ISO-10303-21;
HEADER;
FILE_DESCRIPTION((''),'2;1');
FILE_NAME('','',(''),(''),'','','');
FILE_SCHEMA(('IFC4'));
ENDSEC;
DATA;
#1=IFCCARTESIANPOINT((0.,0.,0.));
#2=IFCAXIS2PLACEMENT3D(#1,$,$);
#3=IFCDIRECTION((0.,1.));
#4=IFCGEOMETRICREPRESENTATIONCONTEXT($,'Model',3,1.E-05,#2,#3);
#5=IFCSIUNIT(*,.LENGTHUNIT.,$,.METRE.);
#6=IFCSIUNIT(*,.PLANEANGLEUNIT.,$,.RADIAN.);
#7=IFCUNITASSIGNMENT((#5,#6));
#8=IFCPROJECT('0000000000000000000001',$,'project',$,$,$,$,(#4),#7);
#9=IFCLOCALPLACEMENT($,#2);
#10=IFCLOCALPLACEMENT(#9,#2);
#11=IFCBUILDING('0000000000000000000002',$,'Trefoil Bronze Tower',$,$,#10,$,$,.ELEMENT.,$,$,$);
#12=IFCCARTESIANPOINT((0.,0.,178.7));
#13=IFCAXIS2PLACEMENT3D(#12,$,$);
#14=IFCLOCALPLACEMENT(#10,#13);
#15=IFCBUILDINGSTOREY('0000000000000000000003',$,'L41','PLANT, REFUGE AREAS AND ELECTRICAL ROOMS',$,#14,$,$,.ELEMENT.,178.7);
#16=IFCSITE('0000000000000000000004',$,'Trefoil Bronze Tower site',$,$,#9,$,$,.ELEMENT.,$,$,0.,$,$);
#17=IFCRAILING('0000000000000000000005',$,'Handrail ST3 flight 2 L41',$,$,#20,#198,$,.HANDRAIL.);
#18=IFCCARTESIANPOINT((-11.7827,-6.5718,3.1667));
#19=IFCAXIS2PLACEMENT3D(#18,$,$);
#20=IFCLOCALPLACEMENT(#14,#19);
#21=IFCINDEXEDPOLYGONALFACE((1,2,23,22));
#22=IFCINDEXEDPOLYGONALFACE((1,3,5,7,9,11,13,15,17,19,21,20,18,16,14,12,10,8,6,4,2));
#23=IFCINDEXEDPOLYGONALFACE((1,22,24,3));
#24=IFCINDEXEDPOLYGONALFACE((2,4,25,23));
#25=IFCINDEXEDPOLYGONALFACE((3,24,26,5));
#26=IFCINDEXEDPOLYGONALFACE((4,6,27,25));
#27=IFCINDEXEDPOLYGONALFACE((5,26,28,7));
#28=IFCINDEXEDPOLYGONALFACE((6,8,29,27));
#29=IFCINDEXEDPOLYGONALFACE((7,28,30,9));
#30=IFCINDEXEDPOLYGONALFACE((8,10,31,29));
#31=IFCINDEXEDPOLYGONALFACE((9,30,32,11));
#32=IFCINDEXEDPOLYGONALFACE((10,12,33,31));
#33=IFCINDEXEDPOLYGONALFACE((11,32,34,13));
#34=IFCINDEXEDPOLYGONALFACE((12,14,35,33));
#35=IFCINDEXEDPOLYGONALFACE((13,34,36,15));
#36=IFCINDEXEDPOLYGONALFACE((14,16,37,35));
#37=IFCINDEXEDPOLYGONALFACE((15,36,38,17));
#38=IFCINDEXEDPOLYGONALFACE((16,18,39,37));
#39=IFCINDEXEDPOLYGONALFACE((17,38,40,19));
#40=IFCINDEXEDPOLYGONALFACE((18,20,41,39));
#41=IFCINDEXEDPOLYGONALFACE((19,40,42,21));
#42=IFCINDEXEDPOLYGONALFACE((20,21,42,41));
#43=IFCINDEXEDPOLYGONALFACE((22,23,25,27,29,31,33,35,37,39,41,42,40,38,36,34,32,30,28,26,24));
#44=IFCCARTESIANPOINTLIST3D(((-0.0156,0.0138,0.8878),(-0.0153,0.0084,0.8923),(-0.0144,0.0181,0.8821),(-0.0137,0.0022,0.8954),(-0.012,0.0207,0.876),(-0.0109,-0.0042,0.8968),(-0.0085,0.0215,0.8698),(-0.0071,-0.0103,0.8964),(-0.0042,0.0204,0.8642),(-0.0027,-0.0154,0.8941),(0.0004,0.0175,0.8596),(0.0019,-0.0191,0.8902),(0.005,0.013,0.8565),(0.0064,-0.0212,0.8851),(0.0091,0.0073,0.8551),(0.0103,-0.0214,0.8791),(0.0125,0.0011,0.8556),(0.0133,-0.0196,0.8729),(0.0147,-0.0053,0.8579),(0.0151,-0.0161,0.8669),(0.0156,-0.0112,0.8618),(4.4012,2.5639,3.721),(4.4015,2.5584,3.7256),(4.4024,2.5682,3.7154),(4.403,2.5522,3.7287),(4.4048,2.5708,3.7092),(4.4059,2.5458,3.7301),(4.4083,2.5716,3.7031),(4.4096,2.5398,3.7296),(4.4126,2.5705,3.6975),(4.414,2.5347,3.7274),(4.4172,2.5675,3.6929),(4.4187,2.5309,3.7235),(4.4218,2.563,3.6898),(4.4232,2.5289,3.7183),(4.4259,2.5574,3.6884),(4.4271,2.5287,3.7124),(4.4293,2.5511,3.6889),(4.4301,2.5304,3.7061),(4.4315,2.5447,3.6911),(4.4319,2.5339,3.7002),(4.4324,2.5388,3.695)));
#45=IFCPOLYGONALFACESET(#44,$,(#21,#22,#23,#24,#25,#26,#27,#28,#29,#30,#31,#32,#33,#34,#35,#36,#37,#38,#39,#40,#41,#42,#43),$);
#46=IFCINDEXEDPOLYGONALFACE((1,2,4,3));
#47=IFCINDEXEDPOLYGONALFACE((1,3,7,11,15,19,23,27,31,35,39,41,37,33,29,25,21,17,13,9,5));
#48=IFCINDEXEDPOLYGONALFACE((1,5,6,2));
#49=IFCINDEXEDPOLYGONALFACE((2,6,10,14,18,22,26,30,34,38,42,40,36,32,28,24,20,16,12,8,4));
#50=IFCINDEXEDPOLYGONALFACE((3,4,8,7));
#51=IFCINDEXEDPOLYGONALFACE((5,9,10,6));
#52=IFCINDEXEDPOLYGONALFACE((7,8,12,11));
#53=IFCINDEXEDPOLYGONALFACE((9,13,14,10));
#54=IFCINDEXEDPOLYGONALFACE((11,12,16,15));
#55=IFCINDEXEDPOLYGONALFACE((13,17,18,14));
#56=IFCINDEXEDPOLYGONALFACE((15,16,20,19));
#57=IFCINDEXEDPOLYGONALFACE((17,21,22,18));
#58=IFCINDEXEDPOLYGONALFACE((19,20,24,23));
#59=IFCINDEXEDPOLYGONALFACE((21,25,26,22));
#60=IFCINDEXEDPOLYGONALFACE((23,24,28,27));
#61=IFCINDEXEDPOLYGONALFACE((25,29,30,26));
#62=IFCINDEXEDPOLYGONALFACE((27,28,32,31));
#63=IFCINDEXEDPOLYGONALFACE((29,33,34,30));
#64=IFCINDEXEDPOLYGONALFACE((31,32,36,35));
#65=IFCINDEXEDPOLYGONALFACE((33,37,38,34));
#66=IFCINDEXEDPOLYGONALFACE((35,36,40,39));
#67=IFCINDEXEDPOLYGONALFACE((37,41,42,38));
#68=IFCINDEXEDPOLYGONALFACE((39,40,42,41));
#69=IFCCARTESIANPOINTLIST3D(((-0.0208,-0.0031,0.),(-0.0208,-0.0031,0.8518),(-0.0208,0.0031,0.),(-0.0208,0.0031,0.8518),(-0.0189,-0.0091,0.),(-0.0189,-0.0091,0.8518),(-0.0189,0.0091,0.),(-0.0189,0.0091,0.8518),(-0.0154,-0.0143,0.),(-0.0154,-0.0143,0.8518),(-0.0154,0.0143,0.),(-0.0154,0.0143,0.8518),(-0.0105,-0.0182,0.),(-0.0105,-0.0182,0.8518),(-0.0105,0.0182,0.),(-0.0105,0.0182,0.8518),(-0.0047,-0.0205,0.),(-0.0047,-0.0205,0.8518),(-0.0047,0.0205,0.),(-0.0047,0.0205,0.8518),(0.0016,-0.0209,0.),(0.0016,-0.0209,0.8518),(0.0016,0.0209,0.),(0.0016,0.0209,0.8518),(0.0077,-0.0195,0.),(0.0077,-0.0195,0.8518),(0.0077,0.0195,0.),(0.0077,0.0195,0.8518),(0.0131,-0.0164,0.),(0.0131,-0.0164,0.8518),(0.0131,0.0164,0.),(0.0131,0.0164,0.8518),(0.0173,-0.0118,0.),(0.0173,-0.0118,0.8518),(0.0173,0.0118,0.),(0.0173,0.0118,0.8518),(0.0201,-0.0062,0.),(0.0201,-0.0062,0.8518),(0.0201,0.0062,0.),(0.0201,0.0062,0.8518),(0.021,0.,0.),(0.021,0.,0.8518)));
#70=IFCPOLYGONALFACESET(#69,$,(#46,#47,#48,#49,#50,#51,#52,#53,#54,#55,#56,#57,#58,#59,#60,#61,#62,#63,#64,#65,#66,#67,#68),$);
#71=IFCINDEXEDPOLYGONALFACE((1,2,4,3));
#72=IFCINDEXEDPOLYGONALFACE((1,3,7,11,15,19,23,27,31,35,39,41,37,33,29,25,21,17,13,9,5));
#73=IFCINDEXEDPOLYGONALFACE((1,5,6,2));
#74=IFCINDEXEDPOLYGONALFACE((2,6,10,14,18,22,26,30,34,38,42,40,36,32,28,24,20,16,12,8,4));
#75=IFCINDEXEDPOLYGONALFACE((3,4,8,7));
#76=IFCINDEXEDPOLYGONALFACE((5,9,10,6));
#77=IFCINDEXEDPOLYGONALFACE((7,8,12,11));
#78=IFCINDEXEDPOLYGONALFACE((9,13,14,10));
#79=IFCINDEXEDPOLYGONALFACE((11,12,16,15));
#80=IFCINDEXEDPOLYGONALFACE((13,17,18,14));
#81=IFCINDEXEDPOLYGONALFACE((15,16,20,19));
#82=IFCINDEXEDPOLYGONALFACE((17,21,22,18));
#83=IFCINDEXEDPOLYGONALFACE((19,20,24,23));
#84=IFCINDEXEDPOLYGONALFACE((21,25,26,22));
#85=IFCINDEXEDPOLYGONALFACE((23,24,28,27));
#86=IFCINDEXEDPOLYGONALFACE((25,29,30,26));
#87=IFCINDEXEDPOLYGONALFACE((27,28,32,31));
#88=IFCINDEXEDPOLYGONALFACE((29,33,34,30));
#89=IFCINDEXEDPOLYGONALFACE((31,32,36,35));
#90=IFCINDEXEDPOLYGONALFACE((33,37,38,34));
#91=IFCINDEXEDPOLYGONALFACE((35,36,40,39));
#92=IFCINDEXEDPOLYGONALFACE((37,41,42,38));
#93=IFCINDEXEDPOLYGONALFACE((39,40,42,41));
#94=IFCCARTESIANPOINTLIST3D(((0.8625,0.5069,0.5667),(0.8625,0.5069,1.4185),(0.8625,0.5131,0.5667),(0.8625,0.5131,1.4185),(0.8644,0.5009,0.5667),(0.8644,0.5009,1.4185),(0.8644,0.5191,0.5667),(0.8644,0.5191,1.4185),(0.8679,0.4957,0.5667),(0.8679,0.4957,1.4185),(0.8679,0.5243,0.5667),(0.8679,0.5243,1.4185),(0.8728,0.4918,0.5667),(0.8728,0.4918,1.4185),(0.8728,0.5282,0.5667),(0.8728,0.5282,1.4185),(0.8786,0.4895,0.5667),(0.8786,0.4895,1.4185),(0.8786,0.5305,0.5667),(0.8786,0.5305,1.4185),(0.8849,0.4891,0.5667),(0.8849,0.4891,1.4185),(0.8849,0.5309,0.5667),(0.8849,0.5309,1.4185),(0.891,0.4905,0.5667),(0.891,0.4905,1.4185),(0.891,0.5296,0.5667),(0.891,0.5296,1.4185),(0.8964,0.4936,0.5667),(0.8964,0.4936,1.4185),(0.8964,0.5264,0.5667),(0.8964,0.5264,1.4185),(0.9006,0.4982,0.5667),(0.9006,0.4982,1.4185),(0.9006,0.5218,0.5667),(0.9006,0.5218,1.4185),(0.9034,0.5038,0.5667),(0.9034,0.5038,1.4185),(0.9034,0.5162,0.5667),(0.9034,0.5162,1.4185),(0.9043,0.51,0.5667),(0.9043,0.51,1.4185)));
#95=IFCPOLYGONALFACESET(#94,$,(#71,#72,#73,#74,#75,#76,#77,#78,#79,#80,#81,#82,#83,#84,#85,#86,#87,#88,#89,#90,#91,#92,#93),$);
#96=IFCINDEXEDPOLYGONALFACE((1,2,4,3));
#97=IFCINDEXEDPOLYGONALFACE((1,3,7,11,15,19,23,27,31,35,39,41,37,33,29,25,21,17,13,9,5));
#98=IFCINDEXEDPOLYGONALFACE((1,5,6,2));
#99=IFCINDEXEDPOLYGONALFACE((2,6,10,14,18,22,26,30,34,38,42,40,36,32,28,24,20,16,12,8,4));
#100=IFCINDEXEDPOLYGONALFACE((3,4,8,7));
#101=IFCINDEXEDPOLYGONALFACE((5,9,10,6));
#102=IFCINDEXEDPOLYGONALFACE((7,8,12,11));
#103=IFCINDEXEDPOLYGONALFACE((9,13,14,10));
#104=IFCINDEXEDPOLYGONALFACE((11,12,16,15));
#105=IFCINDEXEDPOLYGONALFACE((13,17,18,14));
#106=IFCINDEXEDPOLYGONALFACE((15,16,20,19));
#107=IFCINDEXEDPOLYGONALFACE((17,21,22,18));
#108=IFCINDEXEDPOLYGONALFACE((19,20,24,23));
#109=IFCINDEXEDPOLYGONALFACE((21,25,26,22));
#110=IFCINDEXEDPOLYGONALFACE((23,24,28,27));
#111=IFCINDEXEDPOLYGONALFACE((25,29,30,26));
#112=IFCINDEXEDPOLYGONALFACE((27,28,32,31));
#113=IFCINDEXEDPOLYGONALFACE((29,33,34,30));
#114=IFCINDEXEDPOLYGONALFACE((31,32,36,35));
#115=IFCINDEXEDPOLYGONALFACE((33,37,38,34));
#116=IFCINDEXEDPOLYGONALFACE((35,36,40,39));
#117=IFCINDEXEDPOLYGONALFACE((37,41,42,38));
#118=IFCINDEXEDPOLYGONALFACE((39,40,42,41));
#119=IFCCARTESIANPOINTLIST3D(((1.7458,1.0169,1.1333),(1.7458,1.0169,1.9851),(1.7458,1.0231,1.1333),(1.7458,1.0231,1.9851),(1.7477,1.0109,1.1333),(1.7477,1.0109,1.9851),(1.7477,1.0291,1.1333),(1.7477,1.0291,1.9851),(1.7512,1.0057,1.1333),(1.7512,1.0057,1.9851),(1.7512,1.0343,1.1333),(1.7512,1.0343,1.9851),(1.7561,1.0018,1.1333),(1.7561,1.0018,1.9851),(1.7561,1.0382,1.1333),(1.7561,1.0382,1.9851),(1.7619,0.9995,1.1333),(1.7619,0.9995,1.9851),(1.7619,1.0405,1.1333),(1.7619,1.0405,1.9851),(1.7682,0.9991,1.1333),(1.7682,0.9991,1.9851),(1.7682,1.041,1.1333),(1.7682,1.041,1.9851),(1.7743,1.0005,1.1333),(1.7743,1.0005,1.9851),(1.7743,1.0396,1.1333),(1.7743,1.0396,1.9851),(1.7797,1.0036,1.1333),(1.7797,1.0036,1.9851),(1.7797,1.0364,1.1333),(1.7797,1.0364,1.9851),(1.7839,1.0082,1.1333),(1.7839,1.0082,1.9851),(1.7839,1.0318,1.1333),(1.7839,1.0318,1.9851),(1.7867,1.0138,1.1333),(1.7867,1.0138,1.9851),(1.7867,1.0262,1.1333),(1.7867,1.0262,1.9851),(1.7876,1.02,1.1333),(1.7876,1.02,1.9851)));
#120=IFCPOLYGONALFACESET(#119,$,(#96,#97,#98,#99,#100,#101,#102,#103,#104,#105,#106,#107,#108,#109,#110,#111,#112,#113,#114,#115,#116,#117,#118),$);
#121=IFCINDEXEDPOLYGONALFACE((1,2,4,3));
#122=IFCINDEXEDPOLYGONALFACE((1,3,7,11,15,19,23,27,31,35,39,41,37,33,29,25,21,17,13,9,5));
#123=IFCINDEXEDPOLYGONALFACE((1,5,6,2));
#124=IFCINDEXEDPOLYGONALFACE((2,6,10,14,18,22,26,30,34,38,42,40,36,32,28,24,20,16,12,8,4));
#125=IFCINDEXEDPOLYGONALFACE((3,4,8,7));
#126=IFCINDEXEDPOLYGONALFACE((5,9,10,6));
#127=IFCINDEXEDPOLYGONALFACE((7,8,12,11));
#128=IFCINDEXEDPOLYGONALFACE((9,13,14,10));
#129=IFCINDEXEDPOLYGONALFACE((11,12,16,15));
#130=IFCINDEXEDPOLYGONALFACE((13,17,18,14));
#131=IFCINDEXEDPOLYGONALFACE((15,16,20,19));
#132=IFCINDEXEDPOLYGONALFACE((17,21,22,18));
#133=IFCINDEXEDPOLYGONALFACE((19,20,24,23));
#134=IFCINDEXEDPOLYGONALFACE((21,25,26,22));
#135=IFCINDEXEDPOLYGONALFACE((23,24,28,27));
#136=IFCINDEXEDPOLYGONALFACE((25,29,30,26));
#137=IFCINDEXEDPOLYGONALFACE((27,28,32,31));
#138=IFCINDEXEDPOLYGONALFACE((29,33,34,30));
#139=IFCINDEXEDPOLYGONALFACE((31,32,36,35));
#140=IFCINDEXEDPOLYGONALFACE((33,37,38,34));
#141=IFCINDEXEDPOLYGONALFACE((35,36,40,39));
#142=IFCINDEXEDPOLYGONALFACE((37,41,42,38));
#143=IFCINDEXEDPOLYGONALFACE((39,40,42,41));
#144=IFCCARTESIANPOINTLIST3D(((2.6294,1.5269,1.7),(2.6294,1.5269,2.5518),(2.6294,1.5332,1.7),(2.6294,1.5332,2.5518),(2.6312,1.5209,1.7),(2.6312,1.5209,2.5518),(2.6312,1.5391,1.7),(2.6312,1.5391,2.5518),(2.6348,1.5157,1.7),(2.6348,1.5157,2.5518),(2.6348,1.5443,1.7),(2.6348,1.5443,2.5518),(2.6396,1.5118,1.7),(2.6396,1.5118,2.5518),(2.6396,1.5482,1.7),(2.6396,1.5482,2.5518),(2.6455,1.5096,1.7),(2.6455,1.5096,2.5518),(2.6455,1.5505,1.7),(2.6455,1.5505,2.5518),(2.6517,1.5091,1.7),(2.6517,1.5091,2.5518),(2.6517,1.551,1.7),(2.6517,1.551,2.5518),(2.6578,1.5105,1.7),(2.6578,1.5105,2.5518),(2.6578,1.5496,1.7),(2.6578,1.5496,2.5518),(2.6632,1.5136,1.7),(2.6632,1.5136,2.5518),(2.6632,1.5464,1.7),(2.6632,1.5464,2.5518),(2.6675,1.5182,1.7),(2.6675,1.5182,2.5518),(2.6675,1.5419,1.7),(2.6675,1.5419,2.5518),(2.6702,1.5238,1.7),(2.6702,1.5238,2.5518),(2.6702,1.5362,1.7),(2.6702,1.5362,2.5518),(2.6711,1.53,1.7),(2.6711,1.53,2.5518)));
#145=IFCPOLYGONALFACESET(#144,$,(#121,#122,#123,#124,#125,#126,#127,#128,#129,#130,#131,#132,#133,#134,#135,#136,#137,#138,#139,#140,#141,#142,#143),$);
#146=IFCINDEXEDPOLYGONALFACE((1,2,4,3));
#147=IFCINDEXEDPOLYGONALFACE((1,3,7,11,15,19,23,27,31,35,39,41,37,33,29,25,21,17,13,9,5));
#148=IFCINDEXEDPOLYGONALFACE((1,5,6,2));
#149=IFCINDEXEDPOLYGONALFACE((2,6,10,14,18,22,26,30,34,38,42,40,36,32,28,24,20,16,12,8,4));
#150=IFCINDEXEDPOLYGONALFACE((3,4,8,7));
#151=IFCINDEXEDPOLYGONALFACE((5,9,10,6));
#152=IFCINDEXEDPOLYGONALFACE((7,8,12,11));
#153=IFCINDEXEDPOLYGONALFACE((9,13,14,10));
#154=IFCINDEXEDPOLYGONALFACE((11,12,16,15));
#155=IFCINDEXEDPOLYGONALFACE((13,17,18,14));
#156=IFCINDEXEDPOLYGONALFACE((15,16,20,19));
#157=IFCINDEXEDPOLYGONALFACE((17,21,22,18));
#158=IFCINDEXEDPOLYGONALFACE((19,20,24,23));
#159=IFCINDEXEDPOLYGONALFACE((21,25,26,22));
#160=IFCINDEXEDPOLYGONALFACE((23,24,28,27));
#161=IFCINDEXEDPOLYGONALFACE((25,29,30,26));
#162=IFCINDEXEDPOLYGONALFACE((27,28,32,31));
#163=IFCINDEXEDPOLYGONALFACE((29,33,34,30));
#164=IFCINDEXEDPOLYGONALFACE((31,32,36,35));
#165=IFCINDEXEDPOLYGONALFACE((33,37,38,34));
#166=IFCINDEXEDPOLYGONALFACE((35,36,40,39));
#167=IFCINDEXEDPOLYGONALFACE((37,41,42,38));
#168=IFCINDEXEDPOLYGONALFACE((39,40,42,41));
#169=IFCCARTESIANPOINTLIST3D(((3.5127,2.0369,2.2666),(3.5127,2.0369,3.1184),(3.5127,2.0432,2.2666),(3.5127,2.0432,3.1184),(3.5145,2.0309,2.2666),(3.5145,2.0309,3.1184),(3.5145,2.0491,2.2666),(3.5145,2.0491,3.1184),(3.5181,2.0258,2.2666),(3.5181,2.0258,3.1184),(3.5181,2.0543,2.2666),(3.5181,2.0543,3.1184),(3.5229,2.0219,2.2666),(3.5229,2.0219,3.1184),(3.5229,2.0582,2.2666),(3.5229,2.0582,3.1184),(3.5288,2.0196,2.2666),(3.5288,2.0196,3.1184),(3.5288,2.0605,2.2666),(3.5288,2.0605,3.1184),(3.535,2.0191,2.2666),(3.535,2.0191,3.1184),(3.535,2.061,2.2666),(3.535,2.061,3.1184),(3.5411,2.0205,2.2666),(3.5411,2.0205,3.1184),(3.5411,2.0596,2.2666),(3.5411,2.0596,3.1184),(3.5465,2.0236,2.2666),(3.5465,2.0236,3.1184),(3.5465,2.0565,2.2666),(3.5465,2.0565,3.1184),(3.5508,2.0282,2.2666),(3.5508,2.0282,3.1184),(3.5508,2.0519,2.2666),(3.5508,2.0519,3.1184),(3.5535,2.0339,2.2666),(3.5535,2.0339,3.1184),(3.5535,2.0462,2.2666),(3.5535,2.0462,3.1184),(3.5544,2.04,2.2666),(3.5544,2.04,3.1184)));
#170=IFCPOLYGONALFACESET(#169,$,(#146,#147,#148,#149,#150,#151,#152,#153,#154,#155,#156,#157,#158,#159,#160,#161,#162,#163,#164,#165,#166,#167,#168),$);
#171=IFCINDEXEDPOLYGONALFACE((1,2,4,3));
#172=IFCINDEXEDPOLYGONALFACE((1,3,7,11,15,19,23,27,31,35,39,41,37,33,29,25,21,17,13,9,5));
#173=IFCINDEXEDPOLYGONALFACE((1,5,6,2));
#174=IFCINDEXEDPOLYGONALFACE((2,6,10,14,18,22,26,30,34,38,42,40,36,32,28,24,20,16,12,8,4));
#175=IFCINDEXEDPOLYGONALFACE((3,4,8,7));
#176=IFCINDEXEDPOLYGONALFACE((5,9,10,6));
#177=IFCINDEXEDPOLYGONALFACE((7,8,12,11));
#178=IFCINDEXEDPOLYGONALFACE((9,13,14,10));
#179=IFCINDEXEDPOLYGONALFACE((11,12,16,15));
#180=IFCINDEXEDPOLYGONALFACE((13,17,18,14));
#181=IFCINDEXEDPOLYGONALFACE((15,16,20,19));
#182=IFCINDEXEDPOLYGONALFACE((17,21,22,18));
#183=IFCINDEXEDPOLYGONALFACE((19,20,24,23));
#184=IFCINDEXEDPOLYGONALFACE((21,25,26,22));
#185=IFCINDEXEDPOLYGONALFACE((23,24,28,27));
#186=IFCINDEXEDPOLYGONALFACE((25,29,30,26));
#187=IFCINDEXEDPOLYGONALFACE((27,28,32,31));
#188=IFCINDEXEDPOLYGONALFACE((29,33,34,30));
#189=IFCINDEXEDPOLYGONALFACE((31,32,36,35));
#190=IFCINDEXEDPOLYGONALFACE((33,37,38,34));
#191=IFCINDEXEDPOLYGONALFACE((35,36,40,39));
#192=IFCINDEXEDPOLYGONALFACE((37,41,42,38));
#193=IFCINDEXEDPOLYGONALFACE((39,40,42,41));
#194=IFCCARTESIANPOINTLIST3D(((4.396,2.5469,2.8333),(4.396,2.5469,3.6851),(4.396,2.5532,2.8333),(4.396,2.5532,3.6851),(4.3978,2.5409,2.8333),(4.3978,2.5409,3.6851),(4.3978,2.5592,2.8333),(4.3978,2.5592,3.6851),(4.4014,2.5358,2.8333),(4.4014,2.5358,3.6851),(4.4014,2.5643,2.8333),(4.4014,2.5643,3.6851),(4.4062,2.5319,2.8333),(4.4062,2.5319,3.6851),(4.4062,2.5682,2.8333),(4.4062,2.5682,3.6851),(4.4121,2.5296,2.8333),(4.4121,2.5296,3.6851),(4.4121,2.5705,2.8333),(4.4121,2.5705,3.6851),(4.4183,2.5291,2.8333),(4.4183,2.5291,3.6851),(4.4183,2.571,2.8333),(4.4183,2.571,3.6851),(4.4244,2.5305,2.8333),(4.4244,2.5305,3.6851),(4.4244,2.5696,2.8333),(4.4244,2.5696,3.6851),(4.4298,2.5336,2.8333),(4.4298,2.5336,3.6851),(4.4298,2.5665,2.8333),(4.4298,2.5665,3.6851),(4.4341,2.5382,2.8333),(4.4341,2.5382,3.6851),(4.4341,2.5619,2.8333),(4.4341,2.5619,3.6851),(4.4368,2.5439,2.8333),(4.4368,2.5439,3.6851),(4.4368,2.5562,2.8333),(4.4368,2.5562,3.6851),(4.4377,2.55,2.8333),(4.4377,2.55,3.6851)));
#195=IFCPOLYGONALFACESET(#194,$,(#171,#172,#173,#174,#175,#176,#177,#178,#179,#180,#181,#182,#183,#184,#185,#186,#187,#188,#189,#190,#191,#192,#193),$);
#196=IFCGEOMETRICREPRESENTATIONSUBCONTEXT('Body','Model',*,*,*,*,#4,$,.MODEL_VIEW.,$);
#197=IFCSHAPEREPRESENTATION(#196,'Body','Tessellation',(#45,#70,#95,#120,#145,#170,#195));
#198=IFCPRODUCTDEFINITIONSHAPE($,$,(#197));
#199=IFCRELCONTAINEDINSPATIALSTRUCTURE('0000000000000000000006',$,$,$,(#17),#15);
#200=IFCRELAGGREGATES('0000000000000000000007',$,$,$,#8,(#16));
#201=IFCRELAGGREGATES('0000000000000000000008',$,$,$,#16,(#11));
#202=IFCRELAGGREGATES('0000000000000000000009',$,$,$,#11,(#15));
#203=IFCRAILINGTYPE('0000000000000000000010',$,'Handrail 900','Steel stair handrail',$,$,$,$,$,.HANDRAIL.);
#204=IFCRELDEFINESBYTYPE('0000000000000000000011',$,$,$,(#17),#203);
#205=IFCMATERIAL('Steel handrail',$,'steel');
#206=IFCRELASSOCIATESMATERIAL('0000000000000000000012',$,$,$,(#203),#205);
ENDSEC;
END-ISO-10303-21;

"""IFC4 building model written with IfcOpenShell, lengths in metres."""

from ifc_helpers import new_model, si_unit, direction, frame, origin, origin_2d, place, context, subcontext, project, spatial, circle, extrude, material, type_object, element, save


model = new_model("IFC4")

# Units and contexts
model_context = context("Model", 3, precision=1e-05, world=origin(), true_north=direction((0.0, 1.0)))
body_context = subcontext(model_context, "Body", "Model", "MODEL_VIEW")
ifc_project = project(units=[si_unit("LENGTHUNIT", "METRE"), si_unit("PLANEANGLEUNIT", "RADIAN")], contexts=[model_context])

# Site, building, storey
site_placement = place(None, origin())
site = spatial("IfcSite", under=ifc_project, at=site_placement, Name="Trefoil Bronze Tower site", CompositionType="ELEMENT", RefElevation=0.0)
building_placement = place(site_placement, origin())
building = spatial("IfcBuilding", under=site, at=building_placement, Name="Trefoil Bronze Tower", CompositionType="ELEMENT")
storey_placement = place(building_placement, frame((0.0, 0.0, 178.7)))
storey = spatial("IfcBuildingStorey", under=building, at=storey_placement, Name="L41", Description="PLANT, REFUGE AREAS AND ELECTRICAL ROOMS", CompositionType="ELEMENT", Elevation=178.7)

# Railing
ifc_material_1 = material(Name="Steel handrail", Category="steel")
railing_type = type_object("IfcRailingType", Name="Handrail 900", Description="Steel stair handrail", PredefinedType="HANDRAIL", material=ifc_material_1)
railing_1_placement = place(storey_placement, frame((-11.7827, -6.5718, 3.1667)))
element("IfcRailing", 1, at=railing_1_placement, inside=storey, type_object=railing_type, Name="Handrail ST3 flight 2 L41", PredefinedType="HANDRAIL", context=body_context, shape_type="SweptSolid", body=[
    extrude(circle(Radius=0.0239, at=origin_2d()), frame((0.0, 0.0, 0.876), z_axis=(0.757046, 0.437087, 0.485629), x_axis=(-0.500006, 0.866022, 0.0)), (0.0, 0.0, 1.0), 5.8342),
    extrude(circle(Radius=0.021, at=origin_2d()), origin(), (0.0, 0.0, 1.0), 0.8518),
    extrude(circle(Radius=0.021, at=origin_2d()), frame((0.8833, 0.51, 0.5667)), (0.0, 0.0, 1.0), 0.8518),
    extrude(circle(Radius=0.021, at=origin_2d()), frame((1.7666, 1.02, 1.1333)), (0.0, 0.0, 1.0), 0.8518),
    extrude(circle(Radius=0.021, at=origin_2d()), frame((2.6501, 1.53, 1.7)), (0.0, 0.0, 1.0), 0.8518),
    extrude(circle(Radius=0.021, at=origin_2d()), frame((3.5334, 2.04, 2.2666)), (0.0, 0.0, 1.0), 0.8518),
    extrude(circle(Radius=0.021, at=origin_2d()), frame((4.4167, 2.55, 2.8333)), (0.0, 0.0, 1.0), 0.8518),
])

save(model, "model.ifc")
